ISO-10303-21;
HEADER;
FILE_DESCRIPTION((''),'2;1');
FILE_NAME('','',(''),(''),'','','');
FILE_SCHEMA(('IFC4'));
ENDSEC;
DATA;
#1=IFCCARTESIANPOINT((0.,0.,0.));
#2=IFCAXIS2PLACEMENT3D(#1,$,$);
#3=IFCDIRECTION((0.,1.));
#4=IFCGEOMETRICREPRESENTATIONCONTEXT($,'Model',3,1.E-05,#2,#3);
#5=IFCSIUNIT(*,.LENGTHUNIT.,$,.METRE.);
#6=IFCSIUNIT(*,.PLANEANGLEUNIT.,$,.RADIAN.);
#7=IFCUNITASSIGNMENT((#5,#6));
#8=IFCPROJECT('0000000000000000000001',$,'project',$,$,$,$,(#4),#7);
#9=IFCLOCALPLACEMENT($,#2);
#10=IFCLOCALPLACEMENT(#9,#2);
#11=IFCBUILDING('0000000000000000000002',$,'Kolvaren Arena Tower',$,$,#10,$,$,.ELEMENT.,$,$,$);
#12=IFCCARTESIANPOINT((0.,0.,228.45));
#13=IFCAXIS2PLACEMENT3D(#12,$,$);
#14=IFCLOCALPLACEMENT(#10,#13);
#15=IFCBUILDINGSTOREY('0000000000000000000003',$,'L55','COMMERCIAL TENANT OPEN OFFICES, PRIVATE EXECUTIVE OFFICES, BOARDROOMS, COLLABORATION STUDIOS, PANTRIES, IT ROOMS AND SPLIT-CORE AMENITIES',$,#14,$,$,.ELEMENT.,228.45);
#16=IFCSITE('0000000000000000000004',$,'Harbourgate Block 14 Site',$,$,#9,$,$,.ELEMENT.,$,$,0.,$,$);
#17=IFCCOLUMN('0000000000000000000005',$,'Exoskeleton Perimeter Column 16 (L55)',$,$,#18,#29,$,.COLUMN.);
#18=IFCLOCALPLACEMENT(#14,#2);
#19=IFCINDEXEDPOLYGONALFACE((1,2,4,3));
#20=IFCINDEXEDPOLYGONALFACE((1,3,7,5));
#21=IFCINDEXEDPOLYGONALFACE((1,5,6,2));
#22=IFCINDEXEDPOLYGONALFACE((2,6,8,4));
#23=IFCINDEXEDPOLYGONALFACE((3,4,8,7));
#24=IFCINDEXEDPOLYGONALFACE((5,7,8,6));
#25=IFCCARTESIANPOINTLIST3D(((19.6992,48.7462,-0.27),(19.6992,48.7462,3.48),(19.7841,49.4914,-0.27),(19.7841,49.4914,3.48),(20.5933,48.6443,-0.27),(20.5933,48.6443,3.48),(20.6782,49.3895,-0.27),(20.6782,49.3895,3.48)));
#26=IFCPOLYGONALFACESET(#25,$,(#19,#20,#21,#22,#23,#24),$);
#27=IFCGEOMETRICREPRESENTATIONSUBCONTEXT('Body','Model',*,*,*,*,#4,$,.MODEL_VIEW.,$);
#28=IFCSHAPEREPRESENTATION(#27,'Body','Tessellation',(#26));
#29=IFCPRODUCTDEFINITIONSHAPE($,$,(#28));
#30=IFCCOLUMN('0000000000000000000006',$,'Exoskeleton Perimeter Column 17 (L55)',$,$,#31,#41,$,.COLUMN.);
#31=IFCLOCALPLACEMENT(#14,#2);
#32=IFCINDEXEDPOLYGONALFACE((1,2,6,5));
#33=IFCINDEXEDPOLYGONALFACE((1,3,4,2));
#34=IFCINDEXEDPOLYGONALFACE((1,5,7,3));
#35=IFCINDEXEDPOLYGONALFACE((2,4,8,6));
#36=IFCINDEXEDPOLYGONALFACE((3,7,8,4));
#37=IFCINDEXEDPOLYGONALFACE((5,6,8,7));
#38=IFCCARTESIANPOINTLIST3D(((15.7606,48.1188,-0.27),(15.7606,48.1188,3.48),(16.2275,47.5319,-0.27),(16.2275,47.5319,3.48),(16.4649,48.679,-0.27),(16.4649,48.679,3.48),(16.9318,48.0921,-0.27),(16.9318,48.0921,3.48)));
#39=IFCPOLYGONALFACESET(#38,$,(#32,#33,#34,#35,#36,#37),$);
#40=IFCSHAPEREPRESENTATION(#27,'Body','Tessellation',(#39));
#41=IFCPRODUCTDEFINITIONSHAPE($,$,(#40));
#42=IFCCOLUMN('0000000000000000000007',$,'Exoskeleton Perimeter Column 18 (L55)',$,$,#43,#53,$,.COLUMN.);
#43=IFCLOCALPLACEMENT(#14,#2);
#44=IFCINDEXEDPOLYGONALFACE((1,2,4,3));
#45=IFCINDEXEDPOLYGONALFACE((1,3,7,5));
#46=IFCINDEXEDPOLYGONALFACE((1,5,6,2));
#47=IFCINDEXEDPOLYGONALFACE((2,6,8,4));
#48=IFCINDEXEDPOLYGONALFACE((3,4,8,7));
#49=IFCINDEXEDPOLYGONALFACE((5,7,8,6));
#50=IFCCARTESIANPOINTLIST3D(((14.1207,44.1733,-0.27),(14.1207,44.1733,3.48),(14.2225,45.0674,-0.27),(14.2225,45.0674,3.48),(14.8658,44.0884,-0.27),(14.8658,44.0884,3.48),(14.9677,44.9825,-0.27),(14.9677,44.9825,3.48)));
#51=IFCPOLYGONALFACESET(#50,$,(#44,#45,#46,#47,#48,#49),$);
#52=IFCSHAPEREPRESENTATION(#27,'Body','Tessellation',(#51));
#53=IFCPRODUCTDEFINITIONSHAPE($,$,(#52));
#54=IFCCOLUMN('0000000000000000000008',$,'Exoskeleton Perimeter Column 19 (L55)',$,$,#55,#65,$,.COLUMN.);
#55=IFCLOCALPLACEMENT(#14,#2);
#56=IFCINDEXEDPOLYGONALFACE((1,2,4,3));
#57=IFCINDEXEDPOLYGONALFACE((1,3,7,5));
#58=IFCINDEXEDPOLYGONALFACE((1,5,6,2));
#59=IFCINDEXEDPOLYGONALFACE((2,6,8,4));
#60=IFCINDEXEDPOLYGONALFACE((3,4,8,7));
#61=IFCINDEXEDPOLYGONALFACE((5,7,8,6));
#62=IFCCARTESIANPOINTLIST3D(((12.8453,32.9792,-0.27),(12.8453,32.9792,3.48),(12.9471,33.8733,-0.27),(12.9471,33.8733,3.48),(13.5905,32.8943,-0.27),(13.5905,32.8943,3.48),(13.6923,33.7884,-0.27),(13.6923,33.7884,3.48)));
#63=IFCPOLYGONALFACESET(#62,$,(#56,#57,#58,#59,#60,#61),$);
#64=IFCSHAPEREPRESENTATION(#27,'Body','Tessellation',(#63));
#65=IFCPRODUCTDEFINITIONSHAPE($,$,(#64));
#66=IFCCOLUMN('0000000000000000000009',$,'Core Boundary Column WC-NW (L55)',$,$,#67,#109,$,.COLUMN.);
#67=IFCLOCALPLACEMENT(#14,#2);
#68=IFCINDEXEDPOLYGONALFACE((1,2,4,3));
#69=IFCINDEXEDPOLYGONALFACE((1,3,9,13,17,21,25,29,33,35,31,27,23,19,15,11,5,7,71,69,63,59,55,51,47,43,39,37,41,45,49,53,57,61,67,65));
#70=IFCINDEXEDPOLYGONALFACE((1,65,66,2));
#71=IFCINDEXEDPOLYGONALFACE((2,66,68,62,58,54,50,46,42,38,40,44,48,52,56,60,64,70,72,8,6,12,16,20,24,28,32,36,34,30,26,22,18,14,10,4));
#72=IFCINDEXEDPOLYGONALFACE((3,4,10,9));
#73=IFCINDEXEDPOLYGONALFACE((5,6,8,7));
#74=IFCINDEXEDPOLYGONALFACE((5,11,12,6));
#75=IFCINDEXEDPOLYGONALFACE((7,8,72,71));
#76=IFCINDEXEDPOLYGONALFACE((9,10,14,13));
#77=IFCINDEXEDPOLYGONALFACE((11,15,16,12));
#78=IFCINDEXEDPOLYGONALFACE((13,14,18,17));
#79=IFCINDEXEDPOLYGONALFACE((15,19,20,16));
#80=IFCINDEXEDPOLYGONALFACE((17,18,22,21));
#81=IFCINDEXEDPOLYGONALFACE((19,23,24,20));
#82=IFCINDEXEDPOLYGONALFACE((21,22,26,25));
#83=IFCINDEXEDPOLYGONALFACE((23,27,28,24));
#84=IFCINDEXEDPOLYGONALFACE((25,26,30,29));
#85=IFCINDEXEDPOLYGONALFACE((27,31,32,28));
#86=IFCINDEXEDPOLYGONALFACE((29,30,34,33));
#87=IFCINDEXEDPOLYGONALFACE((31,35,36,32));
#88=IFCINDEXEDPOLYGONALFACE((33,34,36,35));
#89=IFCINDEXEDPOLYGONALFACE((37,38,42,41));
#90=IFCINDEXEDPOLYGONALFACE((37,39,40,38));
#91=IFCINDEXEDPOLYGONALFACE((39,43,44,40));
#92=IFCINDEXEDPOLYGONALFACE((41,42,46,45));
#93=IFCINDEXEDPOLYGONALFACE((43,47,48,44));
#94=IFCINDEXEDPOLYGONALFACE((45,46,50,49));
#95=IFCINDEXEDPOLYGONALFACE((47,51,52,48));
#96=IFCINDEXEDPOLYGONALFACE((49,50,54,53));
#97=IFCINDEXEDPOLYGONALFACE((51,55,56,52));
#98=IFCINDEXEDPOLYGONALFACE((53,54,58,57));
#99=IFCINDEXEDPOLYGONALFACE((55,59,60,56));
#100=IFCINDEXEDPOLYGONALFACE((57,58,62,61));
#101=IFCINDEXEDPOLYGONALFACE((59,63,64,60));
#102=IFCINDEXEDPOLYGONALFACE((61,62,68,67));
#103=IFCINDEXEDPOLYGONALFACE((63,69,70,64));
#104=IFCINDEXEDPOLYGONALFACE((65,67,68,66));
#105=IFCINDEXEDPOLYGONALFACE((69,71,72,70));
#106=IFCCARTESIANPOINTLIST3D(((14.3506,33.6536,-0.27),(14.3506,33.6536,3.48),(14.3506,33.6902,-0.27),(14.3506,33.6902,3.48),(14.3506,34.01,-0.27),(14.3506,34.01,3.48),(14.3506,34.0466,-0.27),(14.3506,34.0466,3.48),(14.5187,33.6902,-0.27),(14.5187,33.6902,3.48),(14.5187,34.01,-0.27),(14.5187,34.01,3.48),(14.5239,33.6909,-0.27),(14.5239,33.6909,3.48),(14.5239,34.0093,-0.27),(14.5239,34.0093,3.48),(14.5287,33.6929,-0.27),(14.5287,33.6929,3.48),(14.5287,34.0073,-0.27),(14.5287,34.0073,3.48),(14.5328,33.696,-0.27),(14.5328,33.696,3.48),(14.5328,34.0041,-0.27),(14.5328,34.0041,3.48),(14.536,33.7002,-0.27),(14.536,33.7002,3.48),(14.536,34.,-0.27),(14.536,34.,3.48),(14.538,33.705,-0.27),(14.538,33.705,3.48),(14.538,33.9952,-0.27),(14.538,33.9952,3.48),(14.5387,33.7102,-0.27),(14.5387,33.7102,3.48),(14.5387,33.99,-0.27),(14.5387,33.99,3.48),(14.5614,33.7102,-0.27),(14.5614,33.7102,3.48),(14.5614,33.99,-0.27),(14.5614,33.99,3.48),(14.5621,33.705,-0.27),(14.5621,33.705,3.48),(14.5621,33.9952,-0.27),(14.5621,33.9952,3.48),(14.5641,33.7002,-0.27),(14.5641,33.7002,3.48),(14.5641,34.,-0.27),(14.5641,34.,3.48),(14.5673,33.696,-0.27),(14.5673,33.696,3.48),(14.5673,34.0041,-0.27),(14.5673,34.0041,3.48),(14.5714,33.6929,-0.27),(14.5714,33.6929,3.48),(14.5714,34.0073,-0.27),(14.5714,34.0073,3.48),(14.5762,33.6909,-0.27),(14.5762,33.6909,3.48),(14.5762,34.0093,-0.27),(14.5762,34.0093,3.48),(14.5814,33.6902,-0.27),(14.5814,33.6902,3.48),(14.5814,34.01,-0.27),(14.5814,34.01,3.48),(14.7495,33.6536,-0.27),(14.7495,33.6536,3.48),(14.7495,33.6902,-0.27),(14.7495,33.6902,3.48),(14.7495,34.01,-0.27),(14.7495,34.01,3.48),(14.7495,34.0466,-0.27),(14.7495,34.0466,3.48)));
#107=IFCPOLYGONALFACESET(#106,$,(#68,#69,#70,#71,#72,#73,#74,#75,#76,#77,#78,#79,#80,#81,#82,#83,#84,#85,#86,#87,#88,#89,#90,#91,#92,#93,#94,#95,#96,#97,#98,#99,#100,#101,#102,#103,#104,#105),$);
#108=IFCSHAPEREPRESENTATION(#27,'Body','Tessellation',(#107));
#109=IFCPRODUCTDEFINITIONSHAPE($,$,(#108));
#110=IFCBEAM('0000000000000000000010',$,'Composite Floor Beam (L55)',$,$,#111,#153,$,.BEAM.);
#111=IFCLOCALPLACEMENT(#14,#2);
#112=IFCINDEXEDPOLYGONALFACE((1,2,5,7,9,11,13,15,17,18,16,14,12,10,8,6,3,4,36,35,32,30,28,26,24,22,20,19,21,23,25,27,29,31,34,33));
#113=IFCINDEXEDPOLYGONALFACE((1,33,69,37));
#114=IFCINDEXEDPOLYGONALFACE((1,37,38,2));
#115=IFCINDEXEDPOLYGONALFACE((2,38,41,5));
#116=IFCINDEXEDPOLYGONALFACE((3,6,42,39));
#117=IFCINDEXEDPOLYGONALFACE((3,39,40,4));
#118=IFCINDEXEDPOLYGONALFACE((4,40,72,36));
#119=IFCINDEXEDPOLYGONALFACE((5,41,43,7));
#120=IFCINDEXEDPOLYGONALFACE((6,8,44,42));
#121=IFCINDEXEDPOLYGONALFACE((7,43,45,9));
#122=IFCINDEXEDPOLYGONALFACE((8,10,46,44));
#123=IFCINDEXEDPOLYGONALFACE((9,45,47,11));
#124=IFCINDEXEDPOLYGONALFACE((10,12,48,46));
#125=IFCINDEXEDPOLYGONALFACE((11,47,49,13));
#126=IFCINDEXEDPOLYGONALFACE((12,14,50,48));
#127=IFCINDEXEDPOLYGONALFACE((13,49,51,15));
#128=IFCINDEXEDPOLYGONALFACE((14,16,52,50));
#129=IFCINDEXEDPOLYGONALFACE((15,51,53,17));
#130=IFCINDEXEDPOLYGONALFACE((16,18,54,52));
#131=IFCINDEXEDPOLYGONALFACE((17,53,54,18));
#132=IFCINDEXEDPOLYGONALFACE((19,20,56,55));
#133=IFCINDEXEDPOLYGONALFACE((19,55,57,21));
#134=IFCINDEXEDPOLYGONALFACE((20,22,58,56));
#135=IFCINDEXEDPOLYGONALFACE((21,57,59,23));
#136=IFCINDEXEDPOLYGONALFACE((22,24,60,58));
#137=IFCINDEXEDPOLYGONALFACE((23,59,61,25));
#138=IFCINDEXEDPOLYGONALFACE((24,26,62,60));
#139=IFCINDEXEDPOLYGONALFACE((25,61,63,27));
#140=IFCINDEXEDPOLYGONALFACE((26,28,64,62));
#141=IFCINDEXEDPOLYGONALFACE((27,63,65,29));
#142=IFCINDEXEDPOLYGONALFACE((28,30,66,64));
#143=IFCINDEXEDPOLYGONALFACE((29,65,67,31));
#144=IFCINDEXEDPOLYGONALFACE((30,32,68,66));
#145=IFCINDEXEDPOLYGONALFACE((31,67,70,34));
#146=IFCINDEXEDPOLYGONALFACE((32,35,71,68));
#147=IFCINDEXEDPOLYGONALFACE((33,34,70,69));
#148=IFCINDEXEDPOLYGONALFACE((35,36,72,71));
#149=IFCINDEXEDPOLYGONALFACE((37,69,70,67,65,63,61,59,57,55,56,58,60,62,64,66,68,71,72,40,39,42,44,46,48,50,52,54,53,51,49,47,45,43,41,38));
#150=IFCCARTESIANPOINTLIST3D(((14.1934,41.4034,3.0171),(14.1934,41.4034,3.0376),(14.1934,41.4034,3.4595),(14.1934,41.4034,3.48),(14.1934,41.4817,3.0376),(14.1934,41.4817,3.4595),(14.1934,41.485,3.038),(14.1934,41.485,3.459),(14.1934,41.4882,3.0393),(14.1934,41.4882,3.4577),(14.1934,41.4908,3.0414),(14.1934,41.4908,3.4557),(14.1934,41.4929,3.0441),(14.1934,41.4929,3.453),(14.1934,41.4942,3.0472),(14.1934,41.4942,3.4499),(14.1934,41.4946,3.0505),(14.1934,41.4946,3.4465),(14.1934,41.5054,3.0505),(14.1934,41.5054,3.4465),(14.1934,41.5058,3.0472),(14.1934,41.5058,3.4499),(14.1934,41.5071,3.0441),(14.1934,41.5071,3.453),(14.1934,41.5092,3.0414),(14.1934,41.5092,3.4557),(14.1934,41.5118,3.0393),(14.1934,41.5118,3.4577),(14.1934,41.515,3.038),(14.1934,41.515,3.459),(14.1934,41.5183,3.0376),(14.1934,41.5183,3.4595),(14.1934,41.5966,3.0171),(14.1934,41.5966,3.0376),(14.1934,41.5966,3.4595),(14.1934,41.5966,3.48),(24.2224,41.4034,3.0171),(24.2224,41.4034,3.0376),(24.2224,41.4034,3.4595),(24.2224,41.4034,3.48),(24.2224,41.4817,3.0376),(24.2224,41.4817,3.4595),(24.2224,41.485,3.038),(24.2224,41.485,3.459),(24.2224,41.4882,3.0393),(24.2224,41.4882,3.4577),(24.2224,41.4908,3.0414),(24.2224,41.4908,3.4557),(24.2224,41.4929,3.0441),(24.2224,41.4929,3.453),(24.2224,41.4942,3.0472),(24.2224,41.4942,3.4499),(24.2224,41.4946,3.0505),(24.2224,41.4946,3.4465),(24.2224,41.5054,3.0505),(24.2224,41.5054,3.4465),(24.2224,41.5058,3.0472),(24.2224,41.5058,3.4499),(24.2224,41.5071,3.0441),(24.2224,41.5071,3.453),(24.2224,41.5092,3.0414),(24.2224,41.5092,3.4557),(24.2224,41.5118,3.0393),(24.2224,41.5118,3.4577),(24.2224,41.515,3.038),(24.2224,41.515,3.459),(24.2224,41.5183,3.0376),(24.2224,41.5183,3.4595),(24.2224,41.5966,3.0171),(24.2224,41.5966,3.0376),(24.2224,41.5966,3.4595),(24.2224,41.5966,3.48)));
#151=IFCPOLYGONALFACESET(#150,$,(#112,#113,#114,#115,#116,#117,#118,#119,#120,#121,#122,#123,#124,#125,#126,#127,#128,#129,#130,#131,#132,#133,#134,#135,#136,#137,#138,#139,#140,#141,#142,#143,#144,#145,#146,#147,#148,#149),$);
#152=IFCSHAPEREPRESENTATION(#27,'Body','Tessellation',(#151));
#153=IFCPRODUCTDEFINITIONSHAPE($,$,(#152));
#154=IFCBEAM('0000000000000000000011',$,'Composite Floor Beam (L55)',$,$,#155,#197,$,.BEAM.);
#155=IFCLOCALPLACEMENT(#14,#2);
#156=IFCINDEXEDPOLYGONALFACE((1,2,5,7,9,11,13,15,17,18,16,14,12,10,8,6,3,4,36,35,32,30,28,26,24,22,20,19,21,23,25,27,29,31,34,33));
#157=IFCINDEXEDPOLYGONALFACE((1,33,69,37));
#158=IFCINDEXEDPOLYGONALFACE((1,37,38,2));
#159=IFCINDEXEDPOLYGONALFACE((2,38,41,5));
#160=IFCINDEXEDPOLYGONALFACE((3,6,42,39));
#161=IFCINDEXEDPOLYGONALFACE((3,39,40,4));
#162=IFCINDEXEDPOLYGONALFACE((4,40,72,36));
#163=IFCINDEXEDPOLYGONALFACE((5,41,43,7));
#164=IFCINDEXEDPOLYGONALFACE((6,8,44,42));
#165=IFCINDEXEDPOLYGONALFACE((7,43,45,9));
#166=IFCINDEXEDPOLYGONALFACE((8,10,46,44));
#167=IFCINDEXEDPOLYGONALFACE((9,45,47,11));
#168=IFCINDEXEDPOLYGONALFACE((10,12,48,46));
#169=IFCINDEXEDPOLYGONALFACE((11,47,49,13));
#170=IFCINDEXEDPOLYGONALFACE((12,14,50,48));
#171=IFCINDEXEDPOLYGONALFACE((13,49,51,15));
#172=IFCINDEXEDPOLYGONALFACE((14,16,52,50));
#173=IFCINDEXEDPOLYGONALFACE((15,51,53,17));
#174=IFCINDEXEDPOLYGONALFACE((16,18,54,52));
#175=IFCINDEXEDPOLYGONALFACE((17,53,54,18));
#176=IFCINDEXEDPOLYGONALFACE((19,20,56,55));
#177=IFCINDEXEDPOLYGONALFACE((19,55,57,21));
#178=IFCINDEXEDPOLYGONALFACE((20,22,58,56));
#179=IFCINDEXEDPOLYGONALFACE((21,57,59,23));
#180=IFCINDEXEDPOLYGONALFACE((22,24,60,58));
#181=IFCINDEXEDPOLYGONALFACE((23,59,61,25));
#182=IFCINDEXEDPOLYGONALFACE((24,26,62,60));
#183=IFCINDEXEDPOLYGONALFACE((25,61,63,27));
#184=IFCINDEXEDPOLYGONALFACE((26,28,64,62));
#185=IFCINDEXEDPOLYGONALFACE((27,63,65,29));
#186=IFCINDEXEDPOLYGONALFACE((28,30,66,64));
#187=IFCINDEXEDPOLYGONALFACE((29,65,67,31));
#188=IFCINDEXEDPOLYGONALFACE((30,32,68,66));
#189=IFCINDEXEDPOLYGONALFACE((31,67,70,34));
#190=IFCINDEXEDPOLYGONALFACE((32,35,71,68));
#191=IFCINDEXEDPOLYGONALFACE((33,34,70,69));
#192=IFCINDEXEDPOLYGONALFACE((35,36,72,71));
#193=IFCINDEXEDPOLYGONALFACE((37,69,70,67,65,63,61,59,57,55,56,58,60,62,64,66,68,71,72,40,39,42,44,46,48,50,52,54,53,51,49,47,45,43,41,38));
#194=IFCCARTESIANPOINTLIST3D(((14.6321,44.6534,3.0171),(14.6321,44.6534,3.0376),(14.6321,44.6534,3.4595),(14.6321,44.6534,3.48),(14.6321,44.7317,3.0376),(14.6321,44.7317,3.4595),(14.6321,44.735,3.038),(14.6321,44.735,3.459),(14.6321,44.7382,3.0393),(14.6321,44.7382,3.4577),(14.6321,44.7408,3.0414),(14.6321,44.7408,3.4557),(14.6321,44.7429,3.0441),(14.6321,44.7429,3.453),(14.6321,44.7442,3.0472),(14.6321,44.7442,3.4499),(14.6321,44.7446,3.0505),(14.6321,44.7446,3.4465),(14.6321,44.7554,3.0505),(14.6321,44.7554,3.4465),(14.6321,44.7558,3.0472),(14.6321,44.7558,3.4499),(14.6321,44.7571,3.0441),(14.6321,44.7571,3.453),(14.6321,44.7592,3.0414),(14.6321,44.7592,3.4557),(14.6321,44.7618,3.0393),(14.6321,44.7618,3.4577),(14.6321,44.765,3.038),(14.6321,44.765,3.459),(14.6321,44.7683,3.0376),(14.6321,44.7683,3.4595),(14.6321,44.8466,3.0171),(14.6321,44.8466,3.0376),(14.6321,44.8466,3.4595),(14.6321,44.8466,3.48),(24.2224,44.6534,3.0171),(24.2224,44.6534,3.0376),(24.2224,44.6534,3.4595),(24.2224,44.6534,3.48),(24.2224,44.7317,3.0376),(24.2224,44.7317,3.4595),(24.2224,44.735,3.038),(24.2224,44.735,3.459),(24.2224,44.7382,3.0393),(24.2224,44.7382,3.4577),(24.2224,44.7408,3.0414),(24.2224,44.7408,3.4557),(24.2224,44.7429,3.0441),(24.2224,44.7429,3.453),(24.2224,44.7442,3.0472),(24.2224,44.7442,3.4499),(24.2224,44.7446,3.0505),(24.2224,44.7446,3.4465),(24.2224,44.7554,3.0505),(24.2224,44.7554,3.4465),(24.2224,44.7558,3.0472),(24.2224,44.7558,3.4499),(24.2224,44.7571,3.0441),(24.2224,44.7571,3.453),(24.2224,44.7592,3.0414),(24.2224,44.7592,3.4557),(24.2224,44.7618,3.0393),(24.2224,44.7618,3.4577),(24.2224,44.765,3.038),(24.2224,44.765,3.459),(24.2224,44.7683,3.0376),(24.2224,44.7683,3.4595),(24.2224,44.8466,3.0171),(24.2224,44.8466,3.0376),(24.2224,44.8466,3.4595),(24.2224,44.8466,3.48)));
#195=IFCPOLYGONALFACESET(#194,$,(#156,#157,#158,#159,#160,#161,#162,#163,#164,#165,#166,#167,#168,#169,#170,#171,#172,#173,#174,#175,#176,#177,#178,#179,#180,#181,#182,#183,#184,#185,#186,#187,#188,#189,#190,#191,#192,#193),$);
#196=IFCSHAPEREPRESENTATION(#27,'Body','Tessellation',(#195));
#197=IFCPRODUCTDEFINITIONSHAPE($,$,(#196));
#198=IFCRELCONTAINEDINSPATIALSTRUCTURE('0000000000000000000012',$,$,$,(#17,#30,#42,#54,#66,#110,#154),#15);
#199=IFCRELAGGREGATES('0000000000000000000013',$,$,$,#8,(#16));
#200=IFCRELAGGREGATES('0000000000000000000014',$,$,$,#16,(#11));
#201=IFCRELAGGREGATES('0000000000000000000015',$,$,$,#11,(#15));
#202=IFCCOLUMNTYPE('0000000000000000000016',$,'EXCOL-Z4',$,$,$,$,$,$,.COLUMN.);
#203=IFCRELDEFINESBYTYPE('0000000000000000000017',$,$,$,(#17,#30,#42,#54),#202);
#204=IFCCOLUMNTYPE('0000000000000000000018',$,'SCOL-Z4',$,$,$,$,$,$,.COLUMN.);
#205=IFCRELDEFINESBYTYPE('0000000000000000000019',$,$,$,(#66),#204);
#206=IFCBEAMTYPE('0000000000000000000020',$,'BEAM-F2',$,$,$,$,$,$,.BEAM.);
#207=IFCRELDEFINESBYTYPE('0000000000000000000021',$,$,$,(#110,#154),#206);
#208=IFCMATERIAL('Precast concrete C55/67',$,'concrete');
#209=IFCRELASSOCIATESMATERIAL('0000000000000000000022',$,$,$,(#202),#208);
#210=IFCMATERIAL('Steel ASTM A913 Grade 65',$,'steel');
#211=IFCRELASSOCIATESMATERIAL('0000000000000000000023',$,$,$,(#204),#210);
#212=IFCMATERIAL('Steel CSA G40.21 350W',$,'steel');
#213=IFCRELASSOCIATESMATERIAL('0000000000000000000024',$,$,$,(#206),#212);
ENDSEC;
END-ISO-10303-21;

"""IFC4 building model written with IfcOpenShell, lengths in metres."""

from ifc_helpers import new_model, si_unit, direction, frame, origin, origin_2d, place, context, subcontext, project, spatial, rectangle, i_section, extrude, material, material_profile, profile_set, type_object, element, save


model = new_model("IFC4")

# Units and contexts
model_context = context("Model", 3, precision=1e-05, world=origin(), true_north=direction((0.0, 1.0)))
body_context = subcontext(model_context, "Body", "Model", "MODEL_VIEW")
ifc_project = project(units=[si_unit("LENGTHUNIT", "METRE"), si_unit("PLANEANGLEUNIT", "RADIAN")], contexts=[model_context])

# Site, building, storey
site_placement = place(None, origin())
site = spatial("IfcSite", under=ifc_project, at=site_placement, Name="Harbourgate Block 14 Site", CompositionType="ELEMENT", RefElevation=0.0)
building_placement = place(site_placement, origin())
building = spatial("IfcBuilding", under=site, at=building_placement, Name="Kolvaren Arena Tower", CompositionType="ELEMENT")
storey_placement = place(building_placement, frame((0.0, 0.0, 228.45)))
storey = spatial("IfcBuildingStorey", under=building, at=storey_placement, Name="L55", Description="COMMERCIAL TENANT OPEN OFFICES, PRIVATE EXECUTIVE OFFICES, BOARDROOMS, COLLABORATION STUDIOS, PANTRIES, IT ROOMS AND SPLIT-CORE AMENITIES", CompositionType="ELEMENT", Elevation=228.45)

# Columns
ifc_material_1 = material(Name="Precast concrete C55/67", Category="concrete")
ifc_material_profile_1 = material_profile(ifc_material_1, rectangle(XDim=0.8999, YDim=0.75, at=origin_2d()), Name="RC-900x750")
ifc_profile_set_1 = profile_set([ifc_material_profile_1], Name="Precast concrete C55/67")
column_type_1 = type_object("IfcColumnType", Name="EXCOL-Z4", PredefinedType="COLUMN", material=ifc_profile_set_1)
for number, where, z_axis, x_axis, name in (
    (1, (20.1887, 49.0679, -0.27), (0.0, 0.0, 1.0), (0.993572, -0.113203, 0.0), "Exoskeleton Perimeter Column 16 (L55)"),
    (2, (16.3462, 48.1055, -0.27), (0.0, 0.0, 1.0), (0.782608, 0.622515, 0.0), "Exoskeleton Perimeter Column 17 (L55)"),
    (3, (14.5442, 44.5779, -0.27), (0.0, 0.0, 1.0), (0.113203, 0.993572, 0.0), "Exoskeleton Perimeter Column 18 (L55)"),
    (4, (13.2688, 33.3838, -0.27), (0.0, 0.0, 1.0), (0.113203, 0.993572, 0.0), "Exoskeleton Perimeter Column 19 (L55)"),
):
    element("IfcColumn", number, at=place(storey_placement, frame(where, z_axis=z_axis, x_axis=x_axis)), inside=storey, type_object=column_type_1, Name=name, PredefinedType="COLUMN", context=body_context, shape_type="SweptSolid", body=[
        extrude(rectangle(XDim=0.8999, YDim=0.75, at=origin_2d()), origin(), (0.0, 0.0, 1.0), 3.75),
    ])
ifc_material_2 = material(Name="Steel ASTM A913 Grade 65", Category="steel")
ifc_material_profile_2 = material_profile(ifc_material_2, i_section(OverallWidth=0.3989, OverallDepth=0.3931, WebThickness=0.0227, FlangeThickness=0.0366, FilletRadius=0.02, at=origin_2d()), Name="W360x287")
ifc_profile_set_2 = profile_set([ifc_material_profile_2], Name="Steel ASTM A913 Grade 65")
column_type_2 = type_object("IfcColumnType", Name="SCOL-Z4", PredefinedType="COLUMN", material=ifc_profile_set_2)
column_placement = place(storey_placement, frame((14.55, 33.8501, -0.27), z_axis=(0.0, 0.0, 1.0), x_axis=(1.0, 0.0, 0.0)))
element("IfcColumn", 5, at=column_placement, inside=storey, type_object=column_type_2, Name="Core Boundary Column WC-NW (L55)", PredefinedType="COLUMN", context=body_context, shape_type="SweptSolid", body=[
    extrude(i_section(OverallWidth=0.3989, OverallDepth=0.3931, WebThickness=0.0227, FlangeThickness=0.0366, FilletRadius=0.02, at=origin_2d()), origin(), (0.0, 0.0, 1.0), 3.75),
])

# Beams
ifc_material_3 = material(Name="Steel CSA G40.21 350W", Category="steel")
ifc_material_profile_3 = material_profile(ifc_material_3, i_section(OverallWidth=0.1931, OverallDepth=0.4629, WebThickness=0.0107, FlangeThickness=0.0205, FilletRadius=0.0129, at=origin_2d()), Name="W460x113")
ifc_profile_set_3 = profile_set([ifc_material_profile_3], Name="Steel CSA G40.21 350W")
beam_type_1 = type_object("IfcBeamType", Name="BEAM-F2", PredefinedType="BEAM", material=ifc_profile_set_3)
beam_1_placement = place(storey_placement, frame((14.1934, 41.5, 3.2485), z_axis=(1.0, 0.0, 0.0), x_axis=(0.0, 1.0, 0.0)))
element("IfcBeam", 6, at=beam_1_placement, inside=storey, type_object=beam_type_1, Name="Composite Floor Beam (L55)", PredefinedType="BEAM", context=body_context, shape_type="SweptSolid", body=[
    extrude(i_section(OverallWidth=0.1931, OverallDepth=0.4629, WebThickness=0.0107, FlangeThickness=0.0205, FilletRadius=0.0129, at=origin_2d()), origin(), (0.0, 0.0, 1.0), 10.0291),
])
beam_2_placement = place(storey_placement, frame((14.6321, 44.75, 3.2485), z_axis=(1.0, 0.0, 0.0), x_axis=(0.0, 1.0, 0.0)))
element("IfcBeam", 7, at=beam_2_placement, inside=storey, type_object=beam_type_1, Name="Composite Floor Beam (L55)", PredefinedType="BEAM", context=body_context, shape_type="SweptSolid", body=[
    extrude(i_section(OverallWidth=0.1931, OverallDepth=0.4629, WebThickness=0.0107, FlangeThickness=0.0205, FilletRadius=0.0129, at=origin_2d()), origin(), (0.0, 0.0, 1.0), 9.5903),
])

save(model, "model.ifc")
